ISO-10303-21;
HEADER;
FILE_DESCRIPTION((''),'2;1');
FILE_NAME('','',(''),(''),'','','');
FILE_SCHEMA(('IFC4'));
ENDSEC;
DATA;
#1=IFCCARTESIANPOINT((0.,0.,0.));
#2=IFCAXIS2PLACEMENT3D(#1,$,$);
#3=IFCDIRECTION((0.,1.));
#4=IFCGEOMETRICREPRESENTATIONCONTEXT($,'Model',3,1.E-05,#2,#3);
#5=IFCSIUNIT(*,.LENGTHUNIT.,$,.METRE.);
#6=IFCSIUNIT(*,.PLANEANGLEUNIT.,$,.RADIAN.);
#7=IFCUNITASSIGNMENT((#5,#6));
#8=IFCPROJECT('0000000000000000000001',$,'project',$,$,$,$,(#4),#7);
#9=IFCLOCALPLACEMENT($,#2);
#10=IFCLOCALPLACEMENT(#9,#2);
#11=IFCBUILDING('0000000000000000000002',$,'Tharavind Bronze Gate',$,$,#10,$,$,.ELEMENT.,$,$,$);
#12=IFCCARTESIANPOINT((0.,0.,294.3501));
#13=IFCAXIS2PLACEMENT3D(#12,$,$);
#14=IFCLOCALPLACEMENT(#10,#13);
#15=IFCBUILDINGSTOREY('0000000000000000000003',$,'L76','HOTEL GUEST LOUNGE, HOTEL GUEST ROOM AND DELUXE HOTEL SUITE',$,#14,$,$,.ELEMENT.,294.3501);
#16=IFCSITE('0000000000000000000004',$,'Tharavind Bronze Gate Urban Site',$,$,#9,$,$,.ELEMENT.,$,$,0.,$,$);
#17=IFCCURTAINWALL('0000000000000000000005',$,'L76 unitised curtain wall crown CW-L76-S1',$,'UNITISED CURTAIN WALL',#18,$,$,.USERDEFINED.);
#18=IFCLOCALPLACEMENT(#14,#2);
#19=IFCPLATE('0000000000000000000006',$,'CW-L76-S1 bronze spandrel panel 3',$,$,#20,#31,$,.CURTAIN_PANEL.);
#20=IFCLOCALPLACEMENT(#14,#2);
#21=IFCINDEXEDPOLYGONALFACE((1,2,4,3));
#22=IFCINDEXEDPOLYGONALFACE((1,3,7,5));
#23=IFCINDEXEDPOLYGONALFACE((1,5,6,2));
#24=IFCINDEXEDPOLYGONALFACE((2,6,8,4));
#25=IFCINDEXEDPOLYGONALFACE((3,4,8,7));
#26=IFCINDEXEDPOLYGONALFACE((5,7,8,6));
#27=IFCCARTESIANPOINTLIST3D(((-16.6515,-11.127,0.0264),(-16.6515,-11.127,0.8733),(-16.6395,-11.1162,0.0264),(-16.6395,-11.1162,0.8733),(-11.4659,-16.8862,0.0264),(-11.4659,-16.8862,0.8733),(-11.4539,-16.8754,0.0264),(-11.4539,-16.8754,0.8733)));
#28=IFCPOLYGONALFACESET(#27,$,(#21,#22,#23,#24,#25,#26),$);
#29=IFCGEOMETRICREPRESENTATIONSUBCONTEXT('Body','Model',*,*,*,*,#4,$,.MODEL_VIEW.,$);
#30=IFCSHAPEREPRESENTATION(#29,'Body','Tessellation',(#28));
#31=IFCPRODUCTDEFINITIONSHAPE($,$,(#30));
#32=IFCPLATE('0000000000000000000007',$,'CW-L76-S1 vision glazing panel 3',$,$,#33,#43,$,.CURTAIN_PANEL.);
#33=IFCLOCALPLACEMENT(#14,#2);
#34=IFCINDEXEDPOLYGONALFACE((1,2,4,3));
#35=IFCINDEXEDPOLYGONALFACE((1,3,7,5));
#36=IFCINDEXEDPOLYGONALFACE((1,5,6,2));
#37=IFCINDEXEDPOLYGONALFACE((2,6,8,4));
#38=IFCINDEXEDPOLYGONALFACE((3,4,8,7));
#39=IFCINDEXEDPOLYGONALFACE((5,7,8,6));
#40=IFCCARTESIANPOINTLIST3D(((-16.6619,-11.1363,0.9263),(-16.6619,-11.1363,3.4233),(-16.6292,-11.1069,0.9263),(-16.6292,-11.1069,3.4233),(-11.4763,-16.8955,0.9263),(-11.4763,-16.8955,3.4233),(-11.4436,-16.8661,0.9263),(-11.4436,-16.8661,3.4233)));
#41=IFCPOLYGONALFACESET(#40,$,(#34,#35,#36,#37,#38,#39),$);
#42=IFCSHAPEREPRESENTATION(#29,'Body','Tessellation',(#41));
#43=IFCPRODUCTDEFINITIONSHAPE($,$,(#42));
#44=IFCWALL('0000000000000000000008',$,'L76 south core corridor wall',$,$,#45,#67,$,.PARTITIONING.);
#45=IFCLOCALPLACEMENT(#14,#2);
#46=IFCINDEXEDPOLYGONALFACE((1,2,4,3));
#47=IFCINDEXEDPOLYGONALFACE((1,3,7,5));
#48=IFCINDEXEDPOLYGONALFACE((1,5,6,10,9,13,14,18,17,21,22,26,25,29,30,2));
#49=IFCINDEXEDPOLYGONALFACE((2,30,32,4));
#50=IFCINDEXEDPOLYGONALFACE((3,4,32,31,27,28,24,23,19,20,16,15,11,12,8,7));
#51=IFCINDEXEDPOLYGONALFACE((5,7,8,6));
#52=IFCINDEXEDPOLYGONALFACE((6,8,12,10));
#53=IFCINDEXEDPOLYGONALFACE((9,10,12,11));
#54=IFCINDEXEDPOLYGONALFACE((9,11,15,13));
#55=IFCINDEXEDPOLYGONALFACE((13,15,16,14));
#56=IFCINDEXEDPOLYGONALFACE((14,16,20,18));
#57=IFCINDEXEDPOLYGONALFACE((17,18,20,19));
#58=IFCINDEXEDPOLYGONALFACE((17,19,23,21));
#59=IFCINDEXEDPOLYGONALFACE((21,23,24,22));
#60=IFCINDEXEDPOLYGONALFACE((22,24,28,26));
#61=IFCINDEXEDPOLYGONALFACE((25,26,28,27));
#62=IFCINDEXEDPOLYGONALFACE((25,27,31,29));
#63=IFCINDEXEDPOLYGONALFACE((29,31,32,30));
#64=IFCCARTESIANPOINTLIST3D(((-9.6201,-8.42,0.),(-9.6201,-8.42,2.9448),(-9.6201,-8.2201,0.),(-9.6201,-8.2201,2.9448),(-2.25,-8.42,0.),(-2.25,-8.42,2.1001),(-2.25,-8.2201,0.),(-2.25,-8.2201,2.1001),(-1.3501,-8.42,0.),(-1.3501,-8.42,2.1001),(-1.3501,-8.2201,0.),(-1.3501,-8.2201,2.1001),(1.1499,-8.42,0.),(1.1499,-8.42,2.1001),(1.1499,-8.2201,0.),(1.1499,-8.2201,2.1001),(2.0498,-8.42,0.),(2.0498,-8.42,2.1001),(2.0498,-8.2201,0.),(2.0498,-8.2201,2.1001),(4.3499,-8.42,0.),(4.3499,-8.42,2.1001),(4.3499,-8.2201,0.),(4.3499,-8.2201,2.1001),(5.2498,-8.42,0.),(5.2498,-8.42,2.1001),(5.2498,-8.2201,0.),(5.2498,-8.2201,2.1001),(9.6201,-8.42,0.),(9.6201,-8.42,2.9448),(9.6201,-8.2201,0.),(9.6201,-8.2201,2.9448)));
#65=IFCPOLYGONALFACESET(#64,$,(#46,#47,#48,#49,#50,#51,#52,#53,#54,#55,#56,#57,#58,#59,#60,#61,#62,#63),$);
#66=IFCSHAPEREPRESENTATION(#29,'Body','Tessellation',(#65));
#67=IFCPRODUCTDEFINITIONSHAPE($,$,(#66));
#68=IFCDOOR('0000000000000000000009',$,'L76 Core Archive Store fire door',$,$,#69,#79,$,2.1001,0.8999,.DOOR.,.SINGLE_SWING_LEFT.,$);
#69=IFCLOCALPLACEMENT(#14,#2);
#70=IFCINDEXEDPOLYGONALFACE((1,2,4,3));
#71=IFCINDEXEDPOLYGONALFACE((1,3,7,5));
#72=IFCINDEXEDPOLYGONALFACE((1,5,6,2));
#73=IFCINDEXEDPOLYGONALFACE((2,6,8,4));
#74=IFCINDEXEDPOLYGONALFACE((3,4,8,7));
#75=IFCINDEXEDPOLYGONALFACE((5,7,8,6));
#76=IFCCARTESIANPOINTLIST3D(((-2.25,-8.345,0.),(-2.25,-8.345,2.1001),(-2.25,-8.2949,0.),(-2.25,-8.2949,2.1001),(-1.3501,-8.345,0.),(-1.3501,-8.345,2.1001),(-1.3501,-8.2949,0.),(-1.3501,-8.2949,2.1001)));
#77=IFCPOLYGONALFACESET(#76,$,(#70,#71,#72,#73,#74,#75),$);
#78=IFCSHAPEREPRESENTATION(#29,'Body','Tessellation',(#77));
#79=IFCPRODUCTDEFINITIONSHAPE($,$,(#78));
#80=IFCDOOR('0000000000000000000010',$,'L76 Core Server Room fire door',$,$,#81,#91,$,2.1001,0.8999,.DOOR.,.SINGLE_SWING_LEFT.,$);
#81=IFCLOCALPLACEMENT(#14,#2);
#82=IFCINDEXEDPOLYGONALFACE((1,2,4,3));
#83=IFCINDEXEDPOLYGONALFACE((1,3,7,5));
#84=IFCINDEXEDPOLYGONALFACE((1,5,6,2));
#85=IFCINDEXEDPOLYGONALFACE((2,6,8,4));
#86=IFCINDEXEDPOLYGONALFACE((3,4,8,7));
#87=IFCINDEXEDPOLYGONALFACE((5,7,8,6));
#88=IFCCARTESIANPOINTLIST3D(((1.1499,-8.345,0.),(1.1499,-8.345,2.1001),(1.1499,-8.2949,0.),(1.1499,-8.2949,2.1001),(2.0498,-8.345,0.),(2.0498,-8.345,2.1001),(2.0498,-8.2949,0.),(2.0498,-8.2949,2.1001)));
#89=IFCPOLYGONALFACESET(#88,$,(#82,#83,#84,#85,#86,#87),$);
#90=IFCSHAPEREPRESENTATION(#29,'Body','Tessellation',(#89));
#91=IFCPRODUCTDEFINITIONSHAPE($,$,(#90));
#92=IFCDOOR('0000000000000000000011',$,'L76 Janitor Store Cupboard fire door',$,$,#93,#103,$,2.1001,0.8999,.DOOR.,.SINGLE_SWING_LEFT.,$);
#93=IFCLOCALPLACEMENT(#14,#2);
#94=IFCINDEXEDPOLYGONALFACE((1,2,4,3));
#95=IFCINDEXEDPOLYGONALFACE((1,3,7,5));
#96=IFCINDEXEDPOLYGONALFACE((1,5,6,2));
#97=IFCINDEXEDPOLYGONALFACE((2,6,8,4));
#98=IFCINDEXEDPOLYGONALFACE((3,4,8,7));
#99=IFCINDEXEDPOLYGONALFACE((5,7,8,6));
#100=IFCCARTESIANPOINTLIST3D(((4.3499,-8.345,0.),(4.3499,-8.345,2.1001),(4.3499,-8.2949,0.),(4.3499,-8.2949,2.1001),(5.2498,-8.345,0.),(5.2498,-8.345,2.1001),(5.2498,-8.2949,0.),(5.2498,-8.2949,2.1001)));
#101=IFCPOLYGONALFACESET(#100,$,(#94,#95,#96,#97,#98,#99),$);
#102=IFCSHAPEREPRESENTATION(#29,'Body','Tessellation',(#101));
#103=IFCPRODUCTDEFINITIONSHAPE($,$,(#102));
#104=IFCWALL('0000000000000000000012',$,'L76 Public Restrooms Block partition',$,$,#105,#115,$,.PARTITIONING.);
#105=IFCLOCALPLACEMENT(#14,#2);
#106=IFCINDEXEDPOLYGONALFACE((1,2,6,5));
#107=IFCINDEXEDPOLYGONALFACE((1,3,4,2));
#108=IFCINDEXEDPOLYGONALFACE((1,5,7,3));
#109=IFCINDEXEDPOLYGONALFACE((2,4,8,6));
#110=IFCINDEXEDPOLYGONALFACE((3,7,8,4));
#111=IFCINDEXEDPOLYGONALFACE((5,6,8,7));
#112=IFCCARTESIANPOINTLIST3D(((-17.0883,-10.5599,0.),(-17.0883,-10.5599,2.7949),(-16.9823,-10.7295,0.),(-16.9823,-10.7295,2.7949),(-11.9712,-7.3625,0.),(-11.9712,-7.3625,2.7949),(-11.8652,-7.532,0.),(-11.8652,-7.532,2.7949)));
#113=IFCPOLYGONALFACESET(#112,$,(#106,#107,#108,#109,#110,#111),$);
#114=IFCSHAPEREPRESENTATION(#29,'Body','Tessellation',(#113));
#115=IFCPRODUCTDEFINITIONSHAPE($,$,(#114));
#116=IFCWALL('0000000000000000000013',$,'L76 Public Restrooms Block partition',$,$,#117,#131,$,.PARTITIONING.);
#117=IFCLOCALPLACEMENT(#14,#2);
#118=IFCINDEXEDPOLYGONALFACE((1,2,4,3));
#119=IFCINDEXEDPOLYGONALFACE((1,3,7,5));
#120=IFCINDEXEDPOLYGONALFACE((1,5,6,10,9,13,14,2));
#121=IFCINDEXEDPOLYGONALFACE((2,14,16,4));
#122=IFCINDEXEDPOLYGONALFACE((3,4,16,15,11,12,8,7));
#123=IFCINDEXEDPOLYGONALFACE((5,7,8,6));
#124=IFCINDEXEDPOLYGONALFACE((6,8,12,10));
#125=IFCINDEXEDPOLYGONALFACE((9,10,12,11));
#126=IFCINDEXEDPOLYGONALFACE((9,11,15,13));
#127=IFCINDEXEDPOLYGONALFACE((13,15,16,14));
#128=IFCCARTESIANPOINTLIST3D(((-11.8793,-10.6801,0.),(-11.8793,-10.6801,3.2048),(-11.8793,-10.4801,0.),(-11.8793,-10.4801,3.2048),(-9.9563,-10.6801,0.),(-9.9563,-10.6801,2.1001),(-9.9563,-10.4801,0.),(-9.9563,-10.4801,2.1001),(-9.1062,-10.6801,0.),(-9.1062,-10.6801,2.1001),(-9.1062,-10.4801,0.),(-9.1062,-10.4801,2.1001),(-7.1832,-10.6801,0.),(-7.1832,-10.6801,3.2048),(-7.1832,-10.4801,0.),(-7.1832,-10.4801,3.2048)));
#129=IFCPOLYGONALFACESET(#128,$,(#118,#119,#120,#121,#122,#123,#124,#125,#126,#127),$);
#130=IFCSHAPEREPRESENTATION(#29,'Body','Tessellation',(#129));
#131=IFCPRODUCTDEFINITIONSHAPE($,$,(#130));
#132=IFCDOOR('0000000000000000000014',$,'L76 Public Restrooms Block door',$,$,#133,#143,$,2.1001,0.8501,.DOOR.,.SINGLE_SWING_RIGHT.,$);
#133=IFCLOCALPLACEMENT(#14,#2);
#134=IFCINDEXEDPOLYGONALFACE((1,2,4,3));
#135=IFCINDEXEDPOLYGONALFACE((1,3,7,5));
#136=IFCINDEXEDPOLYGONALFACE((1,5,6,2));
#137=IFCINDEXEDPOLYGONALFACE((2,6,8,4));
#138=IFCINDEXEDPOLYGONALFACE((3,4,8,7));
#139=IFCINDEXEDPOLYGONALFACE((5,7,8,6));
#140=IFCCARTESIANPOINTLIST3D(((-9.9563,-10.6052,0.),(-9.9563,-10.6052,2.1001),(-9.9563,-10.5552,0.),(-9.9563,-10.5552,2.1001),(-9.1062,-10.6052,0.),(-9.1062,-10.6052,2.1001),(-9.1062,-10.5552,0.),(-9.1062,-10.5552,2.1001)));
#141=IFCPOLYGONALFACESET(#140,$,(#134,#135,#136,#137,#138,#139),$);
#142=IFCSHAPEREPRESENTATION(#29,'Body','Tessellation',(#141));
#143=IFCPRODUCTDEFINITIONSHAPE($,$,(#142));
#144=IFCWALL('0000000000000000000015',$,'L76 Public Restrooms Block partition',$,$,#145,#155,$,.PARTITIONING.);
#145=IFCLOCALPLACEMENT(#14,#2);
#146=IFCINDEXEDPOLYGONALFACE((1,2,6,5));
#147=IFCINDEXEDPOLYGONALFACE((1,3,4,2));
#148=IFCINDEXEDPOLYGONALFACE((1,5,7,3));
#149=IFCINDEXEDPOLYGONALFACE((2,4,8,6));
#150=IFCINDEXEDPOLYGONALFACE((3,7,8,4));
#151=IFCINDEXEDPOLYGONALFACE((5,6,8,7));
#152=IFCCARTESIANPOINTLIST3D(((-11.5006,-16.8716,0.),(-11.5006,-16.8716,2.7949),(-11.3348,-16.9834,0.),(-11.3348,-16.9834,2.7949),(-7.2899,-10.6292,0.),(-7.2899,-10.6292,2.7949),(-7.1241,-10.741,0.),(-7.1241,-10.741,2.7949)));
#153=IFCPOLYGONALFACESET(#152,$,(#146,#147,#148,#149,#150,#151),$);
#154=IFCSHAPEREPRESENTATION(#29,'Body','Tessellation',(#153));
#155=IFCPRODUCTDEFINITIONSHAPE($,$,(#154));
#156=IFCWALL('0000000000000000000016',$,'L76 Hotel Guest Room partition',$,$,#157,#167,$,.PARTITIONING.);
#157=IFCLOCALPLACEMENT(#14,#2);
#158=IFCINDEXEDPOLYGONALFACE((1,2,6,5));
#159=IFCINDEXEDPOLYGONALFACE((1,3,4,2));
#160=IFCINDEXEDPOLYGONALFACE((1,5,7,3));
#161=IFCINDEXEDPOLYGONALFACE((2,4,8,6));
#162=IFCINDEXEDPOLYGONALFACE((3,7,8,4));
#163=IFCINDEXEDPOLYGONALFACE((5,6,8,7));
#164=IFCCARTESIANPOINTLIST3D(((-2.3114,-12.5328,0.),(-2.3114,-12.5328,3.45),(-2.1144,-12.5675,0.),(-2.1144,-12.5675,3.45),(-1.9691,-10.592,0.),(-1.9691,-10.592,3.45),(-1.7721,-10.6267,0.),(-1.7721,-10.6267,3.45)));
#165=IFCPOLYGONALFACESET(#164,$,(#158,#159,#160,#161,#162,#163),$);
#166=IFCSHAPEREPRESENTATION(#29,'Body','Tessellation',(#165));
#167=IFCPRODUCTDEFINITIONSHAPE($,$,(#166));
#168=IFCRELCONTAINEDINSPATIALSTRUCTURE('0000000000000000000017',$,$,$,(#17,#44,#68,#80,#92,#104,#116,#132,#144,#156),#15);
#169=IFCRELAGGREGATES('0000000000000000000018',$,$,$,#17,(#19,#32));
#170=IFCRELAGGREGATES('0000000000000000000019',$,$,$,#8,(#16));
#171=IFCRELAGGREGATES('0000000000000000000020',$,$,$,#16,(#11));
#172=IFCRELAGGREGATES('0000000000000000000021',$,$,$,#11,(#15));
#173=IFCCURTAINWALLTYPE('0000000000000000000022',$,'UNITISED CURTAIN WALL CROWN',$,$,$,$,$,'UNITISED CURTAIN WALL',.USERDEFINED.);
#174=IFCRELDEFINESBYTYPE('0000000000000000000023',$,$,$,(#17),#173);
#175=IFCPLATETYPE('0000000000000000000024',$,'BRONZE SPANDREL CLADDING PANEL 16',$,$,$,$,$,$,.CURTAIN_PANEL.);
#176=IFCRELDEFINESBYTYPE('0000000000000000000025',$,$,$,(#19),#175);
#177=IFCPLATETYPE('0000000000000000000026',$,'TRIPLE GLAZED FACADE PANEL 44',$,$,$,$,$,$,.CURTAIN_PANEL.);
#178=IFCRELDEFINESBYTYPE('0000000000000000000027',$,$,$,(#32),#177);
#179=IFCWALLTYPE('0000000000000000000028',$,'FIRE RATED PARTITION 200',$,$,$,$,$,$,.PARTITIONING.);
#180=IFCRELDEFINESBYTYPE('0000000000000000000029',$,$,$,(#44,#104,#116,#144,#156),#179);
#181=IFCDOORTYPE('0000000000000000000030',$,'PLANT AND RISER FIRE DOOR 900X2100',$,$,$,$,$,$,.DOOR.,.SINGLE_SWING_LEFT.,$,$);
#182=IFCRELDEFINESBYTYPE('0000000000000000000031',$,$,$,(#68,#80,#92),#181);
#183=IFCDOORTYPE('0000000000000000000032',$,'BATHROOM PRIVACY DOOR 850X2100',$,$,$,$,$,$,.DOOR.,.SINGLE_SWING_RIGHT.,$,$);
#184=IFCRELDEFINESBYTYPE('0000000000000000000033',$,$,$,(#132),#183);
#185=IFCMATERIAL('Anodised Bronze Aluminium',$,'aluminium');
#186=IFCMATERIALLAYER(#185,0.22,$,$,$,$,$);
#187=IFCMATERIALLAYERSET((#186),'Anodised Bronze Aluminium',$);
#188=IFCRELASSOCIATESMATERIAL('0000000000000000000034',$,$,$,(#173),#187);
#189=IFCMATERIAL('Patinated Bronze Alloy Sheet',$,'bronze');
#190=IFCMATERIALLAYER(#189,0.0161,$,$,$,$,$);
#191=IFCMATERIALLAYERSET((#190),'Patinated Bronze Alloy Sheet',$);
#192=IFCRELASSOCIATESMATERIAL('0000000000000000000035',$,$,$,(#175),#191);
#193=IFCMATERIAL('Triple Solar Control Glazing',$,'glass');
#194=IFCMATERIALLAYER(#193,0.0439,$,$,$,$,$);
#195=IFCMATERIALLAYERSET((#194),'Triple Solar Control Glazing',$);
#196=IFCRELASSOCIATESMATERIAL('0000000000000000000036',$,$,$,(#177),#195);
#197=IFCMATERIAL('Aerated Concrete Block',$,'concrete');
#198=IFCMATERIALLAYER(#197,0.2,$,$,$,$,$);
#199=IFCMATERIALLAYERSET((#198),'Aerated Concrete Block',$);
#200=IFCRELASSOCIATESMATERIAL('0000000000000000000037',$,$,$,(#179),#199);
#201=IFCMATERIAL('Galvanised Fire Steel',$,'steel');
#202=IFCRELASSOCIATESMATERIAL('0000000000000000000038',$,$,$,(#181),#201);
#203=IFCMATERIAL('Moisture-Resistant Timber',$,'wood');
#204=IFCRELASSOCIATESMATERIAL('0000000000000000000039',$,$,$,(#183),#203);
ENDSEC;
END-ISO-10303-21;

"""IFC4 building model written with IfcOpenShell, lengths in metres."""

from ifc_helpers import new_model, si_unit, direction, frame, frame_2d, origin, origin_2d, place, context, subcontext, project, spatial, rectangle, extrude, material, layer, layer_set, type_object, element, fill, aggregate, save


model = new_model("IFC4")

# Units and contexts
model_context = context("Model", 3, precision=1e-05, world=origin(), true_north=direction((0.0, 1.0)))
body_context = subcontext(model_context, "Body", "Model", "MODEL_VIEW")
ifc_project = project(units=[si_unit("LENGTHUNIT", "METRE"), si_unit("PLANEANGLEUNIT", "RADIAN")], contexts=[model_context])

# Site, building, storey
site_placement = place(None, origin())
site = spatial("IfcSite", under=ifc_project, at=site_placement, Name="Tharavind Bronze Gate Urban Site", CompositionType="ELEMENT", RefElevation=0.0)
building_placement = place(site_placement, origin())
building = spatial("IfcBuilding", under=site, at=building_placement, Name="Tharavind Bronze Gate", CompositionType="ELEMENT")
storey_placement = place(building_placement, frame((0.0, 0.0, 294.3501)))
storey = spatial("IfcBuildingStorey", under=building, at=storey_placement, Name="L76", Description="HOTEL GUEST LOUNGE, HOTEL GUEST ROOM AND DELUXE HOTEL SUITE", CompositionType="ELEMENT", Elevation=294.3501)

# Curtain wall
ifc_material_1 = material(Name="Anodised Bronze Aluminium", Category="aluminium")
ifc_layer_1 = layer(ifc_material_1, 0.22)
ifc_layer_set_1 = layer_set([ifc_layer_1], Name="Anodised Bronze Aluminium")
curtain_wall_type = type_object("IfcCurtainWallType", Name="UNITISED CURTAIN WALL CROWN", ElementType="UNITISED CURTAIN WALL", PredefinedType="USERDEFINED", material=ifc_layer_set_1)
curtain_wall_placement = place(storey_placement, origin())
curtain_wall = element("IfcCurtainWall", 1, at=curtain_wall_placement, inside=storey, type_object=curtain_wall_type, Name="L76 unitised curtain wall crown CW-L76-S1", ObjectType="UNITISED CURTAIN WALL", PredefinedType="USERDEFINED")

# Plates
ifc_material_2 = material(Name="Patinated Bronze Alloy Sheet", Category="bronze")
ifc_layer_2 = layer(ifc_material_2, 0.0161)
ifc_layer_set_2 = layer_set([ifc_layer_2], Name="Patinated Bronze Alloy Sheet")
plate_type_1 = type_object("IfcPlateType", Name="BRONZE SPANDREL CLADDING PANEL 16", PredefinedType="CURTAIN_PANEL", material=ifc_layer_set_2)
plate_1_placement = place(storey_placement, frame((-14.0527, -14.0012, 0.0264), z_axis=(0.0, 0.0, 1.0), x_axis=(0.669131, -0.743145, 0.0)))
plate_1 = element("IfcPlate", 2, at=plate_1_placement, type_object=plate_type_1, Name="CW-L76-S1 bronze spandrel panel 3", PredefinedType="CURTAIN_PANEL", context=body_context, shape_type="SweptSolid", body=[
    extrude(rectangle(XDim=7.7498, YDim=0.0161, at=origin_2d()), origin(), (0.0, 0.0, 1.0), 0.8469),
])
ifc_material_3 = material(Name="Triple Solar Control Glazing", Category="glass")
ifc_layer_3 = layer(ifc_material_3, 0.0439)
ifc_layer_set_3 = layer_set([ifc_layer_3], Name="Triple Solar Control Glazing")
plate_type_2 = type_object("IfcPlateType", Name="TRIPLE GLAZED FACADE PANEL 44", PredefinedType="CURTAIN_PANEL", material=ifc_layer_set_3)
plate_2_placement = place(storey_placement, frame((-14.0527, -14.0012, 0.9263), z_axis=(0.0, 0.0, 1.0), x_axis=(0.669131, -0.743145, 0.0)))
plate_2 = element("IfcPlate", 3, at=plate_2_placement, type_object=plate_type_2, Name="CW-L76-S1 vision glazing panel 3", PredefinedType="CURTAIN_PANEL", context=body_context, shape_type="SweptSolid", body=[
    extrude(rectangle(XDim=7.7498, YDim=0.0439, at=origin_2d()), origin(), (0.0, 0.0, 1.0), 2.4971),
])
aggregate(curtain_wall, [plate_1, plate_2])

# Wall, openings, doors
ifc_material_4 = material(Name="Aerated Concrete Block", Category="concrete")
ifc_layer_4 = layer(ifc_material_4, 0.2)
ifc_layer_set_4 = layer_set([ifc_layer_4], Name="Aerated Concrete Block")
wall_type_1 = type_object("IfcWallType", Name="FIRE RATED PARTITION 200", PredefinedType="PARTITIONING", material=ifc_layer_set_4)
wall_1_placement = place(storey_placement, frame((-9.6201, -8.3201, 0.0), z_axis=(0.0, 0.0, 1.0), x_axis=(1.0, 0.0, 0.0)))
wall_1 = element("IfcWall", 4, at=wall_1_placement, inside=storey, type_object=wall_type_1, Name="L76 south core corridor wall", PredefinedType="PARTITIONING", context=body_context, shape_type="SweptSolid", body=[
    extrude(rectangle(XDim=19.2402, YDim=0.2, at=frame_2d((9.6201, 0.0))), origin(), (0.0, 0.0, 1.0), 2.9448),
])
opening_1_placement = place(wall_1_placement, frame((7.3701, 0.0, 0.0)))
opening_1 = element("IfcOpeningElement", 5, at=opening_1_placement, cuts=wall_1, PredefinedType="OPENING", context=body_context, shape_type="SweptSolid", body=[
    extrude(rectangle(XDim=0.8999, YDim=2.1001, at=frame_2d((0.45, 1.05))), frame((0.0, 0.1101, 0.0), z_axis=(0.0, -1.0, 0.0), x_axis=(1.0, 0.0, 0.0)), (0.0, 0.0, 1.0), 0.22),
])
opening_2_placement = place(wall_1_placement, frame((10.77, 0.0, 0.0)))
opening_2 = element("IfcOpeningElement", 6, at=opening_2_placement, cuts=wall_1, PredefinedType="OPENING", context=body_context, shape_type="SweptSolid", body=[
    extrude(rectangle(XDim=0.8999, YDim=2.1001, at=frame_2d((0.45, 1.05))), frame((0.0, 0.1101, 0.0), z_axis=(0.0, -1.0, 0.0), x_axis=(1.0, 0.0, 0.0)), (0.0, 0.0, 1.0), 0.22),
])
opening_3_placement = place(wall_1_placement, frame((13.97, 0.0, 0.0)))
opening_3 = element("IfcOpeningElement", 7, at=opening_3_placement, cuts=wall_1, PredefinedType="OPENING", context=body_context, shape_type="SweptSolid", body=[
    extrude(rectangle(XDim=0.8999, YDim=2.1001, at=frame_2d((0.45, 1.05))), frame((0.0, 0.1101, 0.0), z_axis=(0.0, -1.0, 0.0), x_axis=(1.0, 0.0, 0.0)), (0.0, 0.0, 1.0), 0.22),
])
ifc_material_5 = material(Name="Galvanised Fire Steel", Category="steel")
door_type_1 = type_object("IfcDoorType", Name="PLANT AND RISER FIRE DOOR 900X2100", OperationType="SINGLE_SWING_LEFT", PredefinedType="DOOR", material=ifc_material_5)
door_1_placement = place(opening_1_placement, frame((0.8999, 0.0, 0.0), z_axis=(0.0, 0.0, 1.0), x_axis=(-1.0, 0.0, 0.0)))
door_1 = element("IfcDoor", 8, at=door_1_placement, inside=storey, type_object=door_type_1, Name="L76 Core Archive Store fire door", OperationType="SINGLE_SWING_LEFT", OverallHeight=2.1001, OverallWidth=0.8999, PredefinedType="DOOR", context=body_context, shape_type="SweptSolid", body=[
    extrude(rectangle(XDim=0.8999, YDim=2.1001, at=frame_2d((0.45, 1.05))), frame((0.0, 0.0249, 0.0), z_axis=(0.0, -1.0, 0.0), x_axis=(1.0, 0.0, 0.0)), (0.0, 0.0, 1.0), 0.05),
])
fill(opening_1, door_1)
door_2_placement = place(opening_2_placement, frame((0.8999, 0.0, 0.0), z_axis=(0.0, 0.0, 1.0), x_axis=(-1.0, 0.0, 0.0)))
door_2 = element("IfcDoor", 9, at=door_2_placement, inside=storey, type_object=door_type_1, Name="L76 Core Server Room fire door", OperationType="SINGLE_SWING_LEFT", OverallHeight=2.1001, OverallWidth=0.8999, PredefinedType="DOOR", context=body_context, shape_type="SweptSolid", body=[
    extrude(rectangle(XDim=0.8999, YDim=2.1001, at=frame_2d((0.45, 1.05))), frame((0.0, 0.0249, 0.0), z_axis=(0.0, -1.0, 0.0), x_axis=(1.0, 0.0, 0.0)), (0.0, 0.0, 1.0), 0.05),
])
fill(opening_2, door_2)
door_3_placement = place(opening_3_placement, frame((0.8999, 0.0, 0.0), z_axis=(0.0, 0.0, 1.0), x_axis=(-1.0, 0.0, 0.0)))
door_3 = element("IfcDoor", 10, at=door_3_placement, inside=storey, type_object=door_type_1, Name="L76 Janitor Store Cupboard fire door", OperationType="SINGLE_SWING_LEFT", OverallHeight=2.1001, OverallWidth=0.8999, PredefinedType="DOOR", context=body_context, shape_type="SweptSolid", body=[
    extrude(rectangle(XDim=0.8999, YDim=2.1001, at=frame_2d((0.45, 1.05))), frame((0.0, 0.0249, 0.0), z_axis=(0.0, -1.0, 0.0), x_axis=(1.0, 0.0, 0.0)), (0.0, 0.0, 1.0), 0.05),
])
fill(opening_3, door_3)

# Wall
wall_2_placement = place(storey_placement, frame((-17.0354, -10.6448, 0.0), z_axis=(0.0, 0.0, 1.0), x_axis=(0.848053, 0.529912, 0.0)))
element("IfcWall", 11, at=wall_2_placement, inside=storey, type_object=wall_type_1, Name="L76 Public Restrooms Block partition", PredefinedType="PARTITIONING", context=body_context, shape_type="SweptSolid", body=[
    extrude(rectangle(XDim=6.0339, YDim=0.2, at=frame_2d((3.0171, 0.0))), origin(), (0.0, 0.0, 1.0), 2.7949),
])

# Wall, opening, door
wall_3_placement = place(storey_placement, frame((-11.8794, -10.5801, 0.0), z_axis=(0.0, 0.0, 1.0), x_axis=(1.0, 0.0, 0.0)))
wall_3 = element("IfcWall", 12, at=wall_3_placement, inside=storey, type_object=wall_type_1, Name="L76 Public Restrooms Block partition", PredefinedType="PARTITIONING", context=body_context, shape_type="SweptSolid", body=[
    extrude(rectangle(XDim=4.696, YDim=0.2, at=frame_2d((2.3481, 0.0))), origin(), (0.0, 0.0, 1.0), 3.2048),
])
opening_4_placement = place(wall_3_placement, frame((1.9231, 0.0, 0.0)))
opening_4 = element("IfcOpeningElement", 13, at=opening_4_placement, cuts=wall_3, PredefinedType="OPENING", context=body_context, shape_type="SweptSolid", body=[
    extrude(rectangle(XDim=0.8501, YDim=2.1001, at=frame_2d((0.425, 1.05))), frame((0.0, 0.1101, 0.0), z_axis=(0.0, -1.0, 0.0), x_axis=(1.0, 0.0, 0.0)), (0.0, 0.0, 1.0), 0.22),
])
ifc_material_6 = material(Name="Moisture-Resistant Timber", Category="wood")
door_type_2 = type_object("IfcDoorType", Name="BATHROOM PRIVACY DOOR 850X2100", OperationType="SINGLE_SWING_RIGHT", PredefinedType="DOOR", material=ifc_material_6)
door_4_placement = place(opening_4_placement, origin())
door_4 = element("IfcDoor", 14, at=door_4_placement, inside=storey, type_object=door_type_2, Name="L76 Public Restrooms Block door", OperationType="SINGLE_SWING_RIGHT", OverallHeight=2.1001, OverallWidth=0.8501, PredefinedType="DOOR", context=body_context, shape_type="SweptSolid", body=[
    extrude(rectangle(XDim=0.8501, YDim=2.1001, at=frame_2d((0.425, 1.05))), frame((0.0, 0.0249, 0.0), z_axis=(0.0, -1.0, 0.0), x_axis=(1.0, 0.0, 0.0)), (0.0, 0.0, 1.0), 0.05),
])
fill(opening_4, door_4)

# Wall
wall_4_placement = place(storey_placement, frame((-7.207, -10.6851, 0.0), z_axis=(0.0, 0.0, 1.0), x_axis=(-0.559204, -0.82903, 0.0)))
element("IfcWall", 15, at=wall_4_placement, inside=storey, type_object=wall_type_1, Name="L76 Public Restrooms Block partition", PredefinedType="PARTITIONING", context=body_context, shape_type="SweptSolid", body=[
    extrude(rectangle(XDim=7.5298, YDim=0.2, at=frame_2d((3.7649, 0.0))), origin(), (0.0, 0.0, 1.0), 2.7949),
])

# Wall
wall_5_placement = place(storey_placement, frame((-1.8706, -10.6094, 0.0), z_axis=(0.0, 0.0, 1.0), x_axis=(-0.173693, -0.9848, 0.0)))
element("IfcWall", 16, at=wall_5_placement, inside=storey, type_object=wall_type_1, Name="L76 Hotel Guest Room partition", PredefinedType="PARTITIONING", context=body_context, shape_type="SweptSolid", body=[
    extrude(rectangle(XDim=1.9707, YDim=0.2, at=frame_2d((0.9854, 0.0))), origin(), (0.0, 0.0, 1.0), 3.45),
])

save(model, "model.ifc")
